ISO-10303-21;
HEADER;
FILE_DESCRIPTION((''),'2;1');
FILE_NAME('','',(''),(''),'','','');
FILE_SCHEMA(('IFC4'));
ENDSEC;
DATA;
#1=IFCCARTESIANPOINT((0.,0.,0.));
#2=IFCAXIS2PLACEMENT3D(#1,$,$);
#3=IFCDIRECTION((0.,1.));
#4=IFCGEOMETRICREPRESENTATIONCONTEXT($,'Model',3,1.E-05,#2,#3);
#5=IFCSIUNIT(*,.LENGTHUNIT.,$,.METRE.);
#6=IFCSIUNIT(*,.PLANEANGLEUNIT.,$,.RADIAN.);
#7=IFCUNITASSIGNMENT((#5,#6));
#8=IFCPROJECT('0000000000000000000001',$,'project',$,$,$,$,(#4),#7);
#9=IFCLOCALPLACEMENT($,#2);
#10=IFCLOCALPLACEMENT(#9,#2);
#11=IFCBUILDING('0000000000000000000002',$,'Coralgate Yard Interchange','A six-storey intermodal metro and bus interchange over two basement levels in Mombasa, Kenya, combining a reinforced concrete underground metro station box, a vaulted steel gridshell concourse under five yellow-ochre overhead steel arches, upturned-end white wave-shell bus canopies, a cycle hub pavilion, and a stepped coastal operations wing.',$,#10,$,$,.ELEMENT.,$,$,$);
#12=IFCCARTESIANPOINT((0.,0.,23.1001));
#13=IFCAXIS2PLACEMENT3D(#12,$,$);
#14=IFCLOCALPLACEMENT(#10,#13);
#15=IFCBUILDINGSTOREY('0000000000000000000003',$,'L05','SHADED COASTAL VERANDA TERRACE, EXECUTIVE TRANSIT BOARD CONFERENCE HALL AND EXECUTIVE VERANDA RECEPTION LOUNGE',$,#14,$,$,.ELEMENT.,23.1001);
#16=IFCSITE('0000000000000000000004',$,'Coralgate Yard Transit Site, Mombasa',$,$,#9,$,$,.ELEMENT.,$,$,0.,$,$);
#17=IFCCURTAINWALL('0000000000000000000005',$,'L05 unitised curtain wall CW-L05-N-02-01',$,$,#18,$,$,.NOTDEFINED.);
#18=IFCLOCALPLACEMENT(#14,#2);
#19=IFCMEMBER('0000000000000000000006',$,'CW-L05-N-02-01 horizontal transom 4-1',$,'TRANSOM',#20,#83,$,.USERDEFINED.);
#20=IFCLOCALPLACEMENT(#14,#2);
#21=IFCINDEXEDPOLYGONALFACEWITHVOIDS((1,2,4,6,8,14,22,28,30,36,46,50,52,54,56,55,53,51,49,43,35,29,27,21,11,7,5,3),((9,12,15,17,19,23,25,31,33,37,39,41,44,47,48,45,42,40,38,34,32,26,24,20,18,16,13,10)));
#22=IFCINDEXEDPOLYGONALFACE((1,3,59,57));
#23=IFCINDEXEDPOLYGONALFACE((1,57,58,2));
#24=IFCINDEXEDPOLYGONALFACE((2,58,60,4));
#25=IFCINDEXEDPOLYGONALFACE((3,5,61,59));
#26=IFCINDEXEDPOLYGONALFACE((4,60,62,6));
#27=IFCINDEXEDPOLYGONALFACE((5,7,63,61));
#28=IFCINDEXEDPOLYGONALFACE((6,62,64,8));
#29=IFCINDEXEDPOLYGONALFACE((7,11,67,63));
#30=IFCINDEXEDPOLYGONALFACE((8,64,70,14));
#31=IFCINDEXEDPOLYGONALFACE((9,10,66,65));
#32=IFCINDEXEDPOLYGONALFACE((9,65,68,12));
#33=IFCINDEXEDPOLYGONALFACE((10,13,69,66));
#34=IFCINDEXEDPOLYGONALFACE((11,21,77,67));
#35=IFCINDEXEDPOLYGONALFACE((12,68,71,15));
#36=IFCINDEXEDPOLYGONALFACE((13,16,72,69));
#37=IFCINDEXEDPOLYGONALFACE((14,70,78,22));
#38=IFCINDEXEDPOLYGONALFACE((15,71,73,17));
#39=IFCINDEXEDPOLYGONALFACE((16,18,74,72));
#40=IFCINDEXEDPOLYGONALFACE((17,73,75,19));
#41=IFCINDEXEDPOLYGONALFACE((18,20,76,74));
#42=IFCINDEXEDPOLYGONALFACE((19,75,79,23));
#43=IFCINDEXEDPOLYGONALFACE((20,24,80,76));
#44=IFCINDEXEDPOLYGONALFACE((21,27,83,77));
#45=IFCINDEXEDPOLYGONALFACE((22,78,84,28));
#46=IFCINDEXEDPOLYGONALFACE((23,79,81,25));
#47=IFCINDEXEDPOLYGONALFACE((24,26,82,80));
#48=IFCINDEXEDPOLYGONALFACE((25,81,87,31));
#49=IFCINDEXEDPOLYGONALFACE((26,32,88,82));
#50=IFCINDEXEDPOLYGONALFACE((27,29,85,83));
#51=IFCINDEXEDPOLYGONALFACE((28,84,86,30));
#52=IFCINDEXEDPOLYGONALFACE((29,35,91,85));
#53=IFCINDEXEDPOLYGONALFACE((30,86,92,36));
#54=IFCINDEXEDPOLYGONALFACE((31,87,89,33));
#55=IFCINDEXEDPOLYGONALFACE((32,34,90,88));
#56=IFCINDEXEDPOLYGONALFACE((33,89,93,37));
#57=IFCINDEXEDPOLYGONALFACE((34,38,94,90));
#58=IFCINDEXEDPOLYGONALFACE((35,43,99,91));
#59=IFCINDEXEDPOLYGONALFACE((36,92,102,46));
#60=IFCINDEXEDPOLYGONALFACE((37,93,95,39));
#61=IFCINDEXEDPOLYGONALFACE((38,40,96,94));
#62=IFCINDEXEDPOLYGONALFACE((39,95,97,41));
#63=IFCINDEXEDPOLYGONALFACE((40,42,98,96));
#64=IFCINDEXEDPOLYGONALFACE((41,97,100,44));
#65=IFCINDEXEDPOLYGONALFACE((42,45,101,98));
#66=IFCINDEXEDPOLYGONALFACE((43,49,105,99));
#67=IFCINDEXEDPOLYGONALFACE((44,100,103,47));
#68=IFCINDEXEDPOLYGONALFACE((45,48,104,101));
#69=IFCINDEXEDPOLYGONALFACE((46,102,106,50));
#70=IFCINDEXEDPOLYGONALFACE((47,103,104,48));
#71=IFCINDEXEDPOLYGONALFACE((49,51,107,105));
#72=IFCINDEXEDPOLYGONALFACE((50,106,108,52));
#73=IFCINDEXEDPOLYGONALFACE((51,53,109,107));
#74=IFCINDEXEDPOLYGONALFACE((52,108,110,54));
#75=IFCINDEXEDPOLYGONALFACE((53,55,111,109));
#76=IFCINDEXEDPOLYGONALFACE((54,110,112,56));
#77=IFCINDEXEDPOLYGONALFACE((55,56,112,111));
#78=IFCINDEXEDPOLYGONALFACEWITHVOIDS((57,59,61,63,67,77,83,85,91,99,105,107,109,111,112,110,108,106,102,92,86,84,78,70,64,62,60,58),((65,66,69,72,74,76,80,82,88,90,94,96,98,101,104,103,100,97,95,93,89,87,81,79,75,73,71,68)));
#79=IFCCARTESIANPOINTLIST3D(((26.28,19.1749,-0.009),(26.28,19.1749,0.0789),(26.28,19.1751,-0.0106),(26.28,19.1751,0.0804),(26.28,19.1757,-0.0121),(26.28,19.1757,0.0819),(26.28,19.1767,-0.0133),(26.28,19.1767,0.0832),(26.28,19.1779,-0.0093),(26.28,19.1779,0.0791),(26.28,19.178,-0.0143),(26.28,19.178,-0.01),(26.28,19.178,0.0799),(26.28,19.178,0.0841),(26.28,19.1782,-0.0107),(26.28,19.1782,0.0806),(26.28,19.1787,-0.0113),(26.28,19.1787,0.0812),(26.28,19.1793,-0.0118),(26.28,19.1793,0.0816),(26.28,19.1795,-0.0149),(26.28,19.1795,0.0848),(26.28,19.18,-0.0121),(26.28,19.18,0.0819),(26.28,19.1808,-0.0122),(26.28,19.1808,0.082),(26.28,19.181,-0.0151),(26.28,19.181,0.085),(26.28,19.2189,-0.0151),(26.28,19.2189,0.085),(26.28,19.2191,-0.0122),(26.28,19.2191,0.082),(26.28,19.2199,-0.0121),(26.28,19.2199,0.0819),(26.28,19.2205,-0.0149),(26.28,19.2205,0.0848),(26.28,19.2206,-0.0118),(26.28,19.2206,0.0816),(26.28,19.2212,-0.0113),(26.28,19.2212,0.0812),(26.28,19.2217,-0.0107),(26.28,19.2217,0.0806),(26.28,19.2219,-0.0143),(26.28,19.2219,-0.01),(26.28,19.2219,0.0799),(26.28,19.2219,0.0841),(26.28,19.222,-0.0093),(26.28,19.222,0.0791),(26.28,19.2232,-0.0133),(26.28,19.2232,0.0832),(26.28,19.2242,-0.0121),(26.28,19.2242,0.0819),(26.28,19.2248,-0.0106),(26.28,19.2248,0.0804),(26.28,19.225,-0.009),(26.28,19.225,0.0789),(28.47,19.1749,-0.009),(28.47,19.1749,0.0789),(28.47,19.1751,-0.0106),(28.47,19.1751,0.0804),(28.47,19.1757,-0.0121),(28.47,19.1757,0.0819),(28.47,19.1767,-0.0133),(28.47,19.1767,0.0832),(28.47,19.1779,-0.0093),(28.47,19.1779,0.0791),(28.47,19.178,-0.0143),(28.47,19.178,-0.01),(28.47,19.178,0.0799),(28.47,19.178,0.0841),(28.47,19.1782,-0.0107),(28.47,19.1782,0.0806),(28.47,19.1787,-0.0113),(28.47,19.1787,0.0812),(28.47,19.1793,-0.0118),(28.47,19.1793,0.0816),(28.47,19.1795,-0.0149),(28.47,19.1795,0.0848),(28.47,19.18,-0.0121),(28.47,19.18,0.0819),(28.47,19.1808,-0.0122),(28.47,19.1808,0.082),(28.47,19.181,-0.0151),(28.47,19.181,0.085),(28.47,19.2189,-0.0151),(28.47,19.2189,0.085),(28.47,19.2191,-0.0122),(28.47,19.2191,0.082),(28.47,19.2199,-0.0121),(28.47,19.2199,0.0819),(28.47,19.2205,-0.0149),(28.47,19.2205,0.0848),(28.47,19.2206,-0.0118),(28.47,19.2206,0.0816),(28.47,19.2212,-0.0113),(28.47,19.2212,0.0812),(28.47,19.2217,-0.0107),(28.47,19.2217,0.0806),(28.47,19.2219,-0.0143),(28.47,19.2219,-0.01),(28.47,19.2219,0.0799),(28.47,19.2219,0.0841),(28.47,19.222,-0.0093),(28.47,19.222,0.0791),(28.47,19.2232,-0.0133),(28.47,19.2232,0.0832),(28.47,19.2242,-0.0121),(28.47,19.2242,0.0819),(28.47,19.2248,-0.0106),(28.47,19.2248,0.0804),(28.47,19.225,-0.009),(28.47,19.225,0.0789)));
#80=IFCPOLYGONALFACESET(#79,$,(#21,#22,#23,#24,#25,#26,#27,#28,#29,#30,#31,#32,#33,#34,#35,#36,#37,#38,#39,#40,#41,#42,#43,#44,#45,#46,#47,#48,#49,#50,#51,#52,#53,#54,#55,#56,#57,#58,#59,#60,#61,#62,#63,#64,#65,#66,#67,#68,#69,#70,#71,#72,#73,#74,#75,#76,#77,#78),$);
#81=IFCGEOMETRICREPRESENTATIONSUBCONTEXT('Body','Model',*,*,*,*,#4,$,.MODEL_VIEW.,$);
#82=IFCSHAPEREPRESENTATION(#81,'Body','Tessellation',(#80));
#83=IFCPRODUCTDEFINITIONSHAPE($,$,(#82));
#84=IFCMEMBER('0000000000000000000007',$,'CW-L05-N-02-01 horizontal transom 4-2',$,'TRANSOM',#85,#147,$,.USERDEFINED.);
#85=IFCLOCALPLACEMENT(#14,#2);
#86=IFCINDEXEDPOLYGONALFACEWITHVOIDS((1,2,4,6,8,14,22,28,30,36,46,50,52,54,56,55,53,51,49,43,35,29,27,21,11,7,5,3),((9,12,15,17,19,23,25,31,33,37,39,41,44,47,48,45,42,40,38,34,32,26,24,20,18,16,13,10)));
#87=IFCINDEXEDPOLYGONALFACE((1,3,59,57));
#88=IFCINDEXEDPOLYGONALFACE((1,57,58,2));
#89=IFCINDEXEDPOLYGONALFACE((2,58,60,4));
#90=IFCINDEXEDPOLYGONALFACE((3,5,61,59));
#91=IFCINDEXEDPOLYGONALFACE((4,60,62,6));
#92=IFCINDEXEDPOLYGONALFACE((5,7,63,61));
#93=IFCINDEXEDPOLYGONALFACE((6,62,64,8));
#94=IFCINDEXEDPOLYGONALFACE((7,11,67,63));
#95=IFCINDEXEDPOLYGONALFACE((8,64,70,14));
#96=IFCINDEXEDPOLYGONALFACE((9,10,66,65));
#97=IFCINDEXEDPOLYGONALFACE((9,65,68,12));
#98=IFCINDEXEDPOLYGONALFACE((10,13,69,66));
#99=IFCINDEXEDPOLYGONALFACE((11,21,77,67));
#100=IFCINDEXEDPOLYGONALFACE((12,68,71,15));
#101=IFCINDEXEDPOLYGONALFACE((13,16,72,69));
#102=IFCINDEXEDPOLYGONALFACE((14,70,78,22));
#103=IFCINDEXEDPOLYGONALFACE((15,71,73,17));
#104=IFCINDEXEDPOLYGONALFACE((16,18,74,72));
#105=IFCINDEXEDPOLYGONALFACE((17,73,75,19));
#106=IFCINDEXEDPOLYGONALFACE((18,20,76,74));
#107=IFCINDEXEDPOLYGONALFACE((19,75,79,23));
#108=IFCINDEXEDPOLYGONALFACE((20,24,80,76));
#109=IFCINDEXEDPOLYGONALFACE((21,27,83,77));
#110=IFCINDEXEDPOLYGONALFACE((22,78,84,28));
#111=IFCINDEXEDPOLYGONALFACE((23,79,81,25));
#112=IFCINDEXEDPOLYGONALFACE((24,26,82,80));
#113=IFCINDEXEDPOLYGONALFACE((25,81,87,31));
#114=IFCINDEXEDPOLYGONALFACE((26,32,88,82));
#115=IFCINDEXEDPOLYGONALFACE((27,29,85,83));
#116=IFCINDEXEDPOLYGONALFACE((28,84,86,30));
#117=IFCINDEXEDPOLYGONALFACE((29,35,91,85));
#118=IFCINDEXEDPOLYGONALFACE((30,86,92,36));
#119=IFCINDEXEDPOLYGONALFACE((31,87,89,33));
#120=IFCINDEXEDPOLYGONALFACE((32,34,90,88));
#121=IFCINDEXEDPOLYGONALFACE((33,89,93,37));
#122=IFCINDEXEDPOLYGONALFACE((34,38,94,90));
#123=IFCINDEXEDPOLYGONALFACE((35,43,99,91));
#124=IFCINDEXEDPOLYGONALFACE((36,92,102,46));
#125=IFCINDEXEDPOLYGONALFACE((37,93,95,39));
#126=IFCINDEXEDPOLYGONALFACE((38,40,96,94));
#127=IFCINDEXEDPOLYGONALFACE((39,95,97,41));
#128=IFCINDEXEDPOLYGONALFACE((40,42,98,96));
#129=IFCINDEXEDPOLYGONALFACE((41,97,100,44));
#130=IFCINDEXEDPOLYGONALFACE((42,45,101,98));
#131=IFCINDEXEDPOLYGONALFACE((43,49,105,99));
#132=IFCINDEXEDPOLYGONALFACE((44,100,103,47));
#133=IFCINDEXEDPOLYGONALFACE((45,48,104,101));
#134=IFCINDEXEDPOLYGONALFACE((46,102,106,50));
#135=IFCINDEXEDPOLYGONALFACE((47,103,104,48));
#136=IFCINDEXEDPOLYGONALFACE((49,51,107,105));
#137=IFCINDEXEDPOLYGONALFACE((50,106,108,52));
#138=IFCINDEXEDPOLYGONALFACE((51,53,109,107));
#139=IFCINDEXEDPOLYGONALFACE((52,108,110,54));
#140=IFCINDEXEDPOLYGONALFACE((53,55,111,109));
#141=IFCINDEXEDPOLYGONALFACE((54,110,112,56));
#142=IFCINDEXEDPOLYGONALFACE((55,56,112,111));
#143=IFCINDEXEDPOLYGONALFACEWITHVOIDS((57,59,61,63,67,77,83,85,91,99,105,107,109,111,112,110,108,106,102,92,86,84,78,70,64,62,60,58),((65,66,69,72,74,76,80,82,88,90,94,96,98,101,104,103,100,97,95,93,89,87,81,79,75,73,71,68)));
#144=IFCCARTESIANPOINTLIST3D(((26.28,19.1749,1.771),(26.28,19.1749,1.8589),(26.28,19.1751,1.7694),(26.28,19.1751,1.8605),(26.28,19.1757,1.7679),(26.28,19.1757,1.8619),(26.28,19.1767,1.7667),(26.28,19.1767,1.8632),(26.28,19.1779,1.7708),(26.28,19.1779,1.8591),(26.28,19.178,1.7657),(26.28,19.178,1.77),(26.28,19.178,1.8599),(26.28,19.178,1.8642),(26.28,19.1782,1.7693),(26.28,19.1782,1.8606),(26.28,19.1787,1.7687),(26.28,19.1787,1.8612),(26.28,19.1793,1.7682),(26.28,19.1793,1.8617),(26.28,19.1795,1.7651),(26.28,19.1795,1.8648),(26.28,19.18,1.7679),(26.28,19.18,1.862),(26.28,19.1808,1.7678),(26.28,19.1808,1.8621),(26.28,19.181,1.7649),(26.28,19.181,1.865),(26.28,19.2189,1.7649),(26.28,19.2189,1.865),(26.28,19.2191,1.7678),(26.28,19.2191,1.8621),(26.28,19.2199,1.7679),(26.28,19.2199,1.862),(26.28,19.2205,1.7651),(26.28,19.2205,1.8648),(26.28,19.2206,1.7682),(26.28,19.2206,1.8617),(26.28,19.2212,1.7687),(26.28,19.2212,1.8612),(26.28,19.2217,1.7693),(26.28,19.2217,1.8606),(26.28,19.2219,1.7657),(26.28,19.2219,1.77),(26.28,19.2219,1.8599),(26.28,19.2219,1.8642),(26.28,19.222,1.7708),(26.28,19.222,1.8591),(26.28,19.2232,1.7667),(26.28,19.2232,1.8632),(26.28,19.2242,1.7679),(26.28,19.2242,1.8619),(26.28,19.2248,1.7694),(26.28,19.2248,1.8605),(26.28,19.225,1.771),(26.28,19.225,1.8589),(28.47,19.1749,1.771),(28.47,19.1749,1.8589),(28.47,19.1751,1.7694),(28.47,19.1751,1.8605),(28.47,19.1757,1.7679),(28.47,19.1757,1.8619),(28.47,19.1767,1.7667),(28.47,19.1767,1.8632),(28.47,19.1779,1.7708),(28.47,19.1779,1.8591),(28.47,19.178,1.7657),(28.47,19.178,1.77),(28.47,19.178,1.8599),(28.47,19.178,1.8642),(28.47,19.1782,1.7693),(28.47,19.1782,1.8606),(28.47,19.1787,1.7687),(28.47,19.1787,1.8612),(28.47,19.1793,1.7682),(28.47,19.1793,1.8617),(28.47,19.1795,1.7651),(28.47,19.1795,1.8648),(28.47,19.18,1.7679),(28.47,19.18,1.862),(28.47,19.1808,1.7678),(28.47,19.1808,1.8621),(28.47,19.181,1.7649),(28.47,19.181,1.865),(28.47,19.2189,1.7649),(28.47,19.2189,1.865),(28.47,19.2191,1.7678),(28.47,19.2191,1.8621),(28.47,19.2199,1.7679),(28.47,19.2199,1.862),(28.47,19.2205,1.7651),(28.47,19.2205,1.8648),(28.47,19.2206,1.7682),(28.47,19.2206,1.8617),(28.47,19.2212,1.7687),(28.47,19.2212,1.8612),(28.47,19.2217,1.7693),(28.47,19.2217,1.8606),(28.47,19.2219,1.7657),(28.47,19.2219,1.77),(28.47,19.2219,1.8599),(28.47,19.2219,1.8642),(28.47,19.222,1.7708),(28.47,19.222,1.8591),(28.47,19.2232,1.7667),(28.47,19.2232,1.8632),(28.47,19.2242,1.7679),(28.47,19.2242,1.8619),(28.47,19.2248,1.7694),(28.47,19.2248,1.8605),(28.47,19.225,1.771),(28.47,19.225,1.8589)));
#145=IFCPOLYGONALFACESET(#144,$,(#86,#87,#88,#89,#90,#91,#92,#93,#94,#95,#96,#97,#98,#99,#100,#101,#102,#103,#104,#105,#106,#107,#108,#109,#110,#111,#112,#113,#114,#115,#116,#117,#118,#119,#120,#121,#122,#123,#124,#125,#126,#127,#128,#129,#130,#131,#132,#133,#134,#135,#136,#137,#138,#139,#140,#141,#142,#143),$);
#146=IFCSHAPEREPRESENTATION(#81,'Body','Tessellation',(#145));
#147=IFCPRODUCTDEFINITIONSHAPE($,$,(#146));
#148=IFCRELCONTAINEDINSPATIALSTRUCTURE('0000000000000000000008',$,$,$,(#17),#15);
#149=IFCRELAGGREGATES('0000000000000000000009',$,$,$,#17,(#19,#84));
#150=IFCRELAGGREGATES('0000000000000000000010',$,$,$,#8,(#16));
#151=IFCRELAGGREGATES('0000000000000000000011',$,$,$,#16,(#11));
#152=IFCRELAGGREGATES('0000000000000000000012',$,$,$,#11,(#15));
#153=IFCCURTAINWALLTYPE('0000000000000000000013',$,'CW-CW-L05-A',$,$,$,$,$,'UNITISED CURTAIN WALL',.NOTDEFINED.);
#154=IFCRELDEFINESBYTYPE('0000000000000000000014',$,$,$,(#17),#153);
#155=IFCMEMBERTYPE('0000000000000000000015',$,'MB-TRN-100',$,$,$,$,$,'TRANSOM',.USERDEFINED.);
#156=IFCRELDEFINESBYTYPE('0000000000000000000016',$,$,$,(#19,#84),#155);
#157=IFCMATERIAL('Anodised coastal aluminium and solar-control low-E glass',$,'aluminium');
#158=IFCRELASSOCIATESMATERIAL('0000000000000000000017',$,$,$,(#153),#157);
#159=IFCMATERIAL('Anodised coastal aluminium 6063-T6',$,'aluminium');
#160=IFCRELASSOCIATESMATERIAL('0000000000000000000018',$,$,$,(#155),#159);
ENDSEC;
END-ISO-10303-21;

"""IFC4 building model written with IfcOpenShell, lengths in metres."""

from ifc_helpers import new_model, si_unit, direction, frame, origin, origin_2d, place, context, subcontext, project, spatial, hollow_rectangle, extrude, material, material_profile, profile_set, type_object, element, aggregate, save


model = new_model("IFC4")

# Units and contexts
model_context = context("Model", 3, precision=1e-05, world=origin(), true_north=direction((0.0, 1.0)))
body_context = subcontext(model_context, "Body", "Model", "MODEL_VIEW")
ifc_project = project(units=[si_unit("LENGTHUNIT", "METRE"), si_unit("PLANEANGLEUNIT", "RADIAN")], contexts=[model_context])

# Site, building, storey
site_placement = place(None, origin())
site = spatial("IfcSite", under=ifc_project, at=site_placement, Name="Coralgate Yard Transit Site, Mombasa", CompositionType="ELEMENT", RefElevation=0.0)
building_placement = place(site_placement, origin())
building = spatial("IfcBuilding", under=site, at=building_placement, Name="Coralgate Yard Interchange", Description="A six-storey intermodal metro and bus interchange over two basement levels in Mombasa, Kenya, combining a reinforced concrete underground metro station box, a vaulted steel gridshell concourse under five yellow-ochre overhead steel arches, upturned-end white wave-shell bus canopies, a cycle hub pavilion, and a stepped coastal operations wing.", CompositionType="ELEMENT")
storey_placement = place(building_placement, frame((0.0, 0.0, 23.1001)))
storey = spatial("IfcBuildingStorey", under=building, at=storey_placement, Name="L05", Description="SHADED COASTAL VERANDA TERRACE, EXECUTIVE TRANSIT BOARD CONFERENCE HALL AND EXECUTIVE VERANDA RECEPTION LOUNGE", CompositionType="ELEMENT", Elevation=23.1001)

# Curtain wall
ifc_material_1 = material(Name="Anodised coastal aluminium and solar-control low-E glass", Category="aluminium")
curtain_wall_type = type_object("IfcCurtainWallType", Name="CW-CW-L05-A", ElementType="UNITISED CURTAIN WALL", PredefinedType="NOTDEFINED", material=ifc_material_1)
curtain_wall_1_placement = place(storey_placement, origin())
curtain_wall_1 = element("IfcCurtainWall", 1, at=curtain_wall_1_placement, inside=storey, type_object=curtain_wall_type, Name="L05 unitised curtain wall CW-L05-N-02-01", PredefinedType="NOTDEFINED")
ifc_material_2 = material(Name="Anodised coastal aluminium 6063-T6", Category="aluminium")

# Members
ifc_material_profile_1 = material_profile(ifc_material_2, hollow_rectangle(XDim=0.05, YDim=0.1001, WallThickness=0.0029, InnerFilletRadius=0.0029, OuterFilletRadius=0.0061, at=origin_2d()), Name="ALU 50x100x3")
ifc_profile_set_1 = profile_set([ifc_material_profile_1], Name="Anodised coastal aluminium 6063-T6")
member_type_1 = type_object("IfcMemberType", Name="MB-TRN-100", ElementType="TRANSOM", PredefinedType="USERDEFINED", material=ifc_profile_set_1)
member_1_placement = place(storey_placement, frame((26.28, 19.2, 0.0349), z_axis=(1.0, 0.0, 0.0), x_axis=(0.0, 1.0, 0.0)))
member_1 = element("IfcMember", 2, at=member_1_placement, type_object=member_type_1, Name="CW-L05-N-02-01 horizontal transom 4-1", ObjectType="TRANSOM", PredefinedType="USERDEFINED", context=body_context, shape_type="SweptSolid", body=[
    extrude(hollow_rectangle(XDim=0.05, YDim=0.1001, WallThickness=0.0029, InnerFilletRadius=0.0029, OuterFilletRadius=0.0061, at=origin_2d()), origin(), (0.0, 0.0, 1.0), 2.1899),
])
member_2_placement = place(storey_placement, frame((26.28, 19.2, 1.8149), z_axis=(1.0, 0.0, 0.0), x_axis=(0.0, 1.0, 0.0)))
member_2 = element("IfcMember", 3, at=member_2_placement, type_object=member_type_1, Name="CW-L05-N-02-01 horizontal transom 4-2", ObjectType="TRANSOM", PredefinedType="USERDEFINED", context=body_context, shape_type="SweptSolid", body=[
    extrude(hollow_rectangle(XDim=0.05, YDim=0.1001, WallThickness=0.0029, InnerFilletRadius=0.0029, OuterFilletRadius=0.0061, at=origin_2d()), origin(), (0.0, 0.0, 1.0), 2.1899),
])

aggregate(curtain_wall_1, [member_1, member_2])

save(model, "model.ifc")
